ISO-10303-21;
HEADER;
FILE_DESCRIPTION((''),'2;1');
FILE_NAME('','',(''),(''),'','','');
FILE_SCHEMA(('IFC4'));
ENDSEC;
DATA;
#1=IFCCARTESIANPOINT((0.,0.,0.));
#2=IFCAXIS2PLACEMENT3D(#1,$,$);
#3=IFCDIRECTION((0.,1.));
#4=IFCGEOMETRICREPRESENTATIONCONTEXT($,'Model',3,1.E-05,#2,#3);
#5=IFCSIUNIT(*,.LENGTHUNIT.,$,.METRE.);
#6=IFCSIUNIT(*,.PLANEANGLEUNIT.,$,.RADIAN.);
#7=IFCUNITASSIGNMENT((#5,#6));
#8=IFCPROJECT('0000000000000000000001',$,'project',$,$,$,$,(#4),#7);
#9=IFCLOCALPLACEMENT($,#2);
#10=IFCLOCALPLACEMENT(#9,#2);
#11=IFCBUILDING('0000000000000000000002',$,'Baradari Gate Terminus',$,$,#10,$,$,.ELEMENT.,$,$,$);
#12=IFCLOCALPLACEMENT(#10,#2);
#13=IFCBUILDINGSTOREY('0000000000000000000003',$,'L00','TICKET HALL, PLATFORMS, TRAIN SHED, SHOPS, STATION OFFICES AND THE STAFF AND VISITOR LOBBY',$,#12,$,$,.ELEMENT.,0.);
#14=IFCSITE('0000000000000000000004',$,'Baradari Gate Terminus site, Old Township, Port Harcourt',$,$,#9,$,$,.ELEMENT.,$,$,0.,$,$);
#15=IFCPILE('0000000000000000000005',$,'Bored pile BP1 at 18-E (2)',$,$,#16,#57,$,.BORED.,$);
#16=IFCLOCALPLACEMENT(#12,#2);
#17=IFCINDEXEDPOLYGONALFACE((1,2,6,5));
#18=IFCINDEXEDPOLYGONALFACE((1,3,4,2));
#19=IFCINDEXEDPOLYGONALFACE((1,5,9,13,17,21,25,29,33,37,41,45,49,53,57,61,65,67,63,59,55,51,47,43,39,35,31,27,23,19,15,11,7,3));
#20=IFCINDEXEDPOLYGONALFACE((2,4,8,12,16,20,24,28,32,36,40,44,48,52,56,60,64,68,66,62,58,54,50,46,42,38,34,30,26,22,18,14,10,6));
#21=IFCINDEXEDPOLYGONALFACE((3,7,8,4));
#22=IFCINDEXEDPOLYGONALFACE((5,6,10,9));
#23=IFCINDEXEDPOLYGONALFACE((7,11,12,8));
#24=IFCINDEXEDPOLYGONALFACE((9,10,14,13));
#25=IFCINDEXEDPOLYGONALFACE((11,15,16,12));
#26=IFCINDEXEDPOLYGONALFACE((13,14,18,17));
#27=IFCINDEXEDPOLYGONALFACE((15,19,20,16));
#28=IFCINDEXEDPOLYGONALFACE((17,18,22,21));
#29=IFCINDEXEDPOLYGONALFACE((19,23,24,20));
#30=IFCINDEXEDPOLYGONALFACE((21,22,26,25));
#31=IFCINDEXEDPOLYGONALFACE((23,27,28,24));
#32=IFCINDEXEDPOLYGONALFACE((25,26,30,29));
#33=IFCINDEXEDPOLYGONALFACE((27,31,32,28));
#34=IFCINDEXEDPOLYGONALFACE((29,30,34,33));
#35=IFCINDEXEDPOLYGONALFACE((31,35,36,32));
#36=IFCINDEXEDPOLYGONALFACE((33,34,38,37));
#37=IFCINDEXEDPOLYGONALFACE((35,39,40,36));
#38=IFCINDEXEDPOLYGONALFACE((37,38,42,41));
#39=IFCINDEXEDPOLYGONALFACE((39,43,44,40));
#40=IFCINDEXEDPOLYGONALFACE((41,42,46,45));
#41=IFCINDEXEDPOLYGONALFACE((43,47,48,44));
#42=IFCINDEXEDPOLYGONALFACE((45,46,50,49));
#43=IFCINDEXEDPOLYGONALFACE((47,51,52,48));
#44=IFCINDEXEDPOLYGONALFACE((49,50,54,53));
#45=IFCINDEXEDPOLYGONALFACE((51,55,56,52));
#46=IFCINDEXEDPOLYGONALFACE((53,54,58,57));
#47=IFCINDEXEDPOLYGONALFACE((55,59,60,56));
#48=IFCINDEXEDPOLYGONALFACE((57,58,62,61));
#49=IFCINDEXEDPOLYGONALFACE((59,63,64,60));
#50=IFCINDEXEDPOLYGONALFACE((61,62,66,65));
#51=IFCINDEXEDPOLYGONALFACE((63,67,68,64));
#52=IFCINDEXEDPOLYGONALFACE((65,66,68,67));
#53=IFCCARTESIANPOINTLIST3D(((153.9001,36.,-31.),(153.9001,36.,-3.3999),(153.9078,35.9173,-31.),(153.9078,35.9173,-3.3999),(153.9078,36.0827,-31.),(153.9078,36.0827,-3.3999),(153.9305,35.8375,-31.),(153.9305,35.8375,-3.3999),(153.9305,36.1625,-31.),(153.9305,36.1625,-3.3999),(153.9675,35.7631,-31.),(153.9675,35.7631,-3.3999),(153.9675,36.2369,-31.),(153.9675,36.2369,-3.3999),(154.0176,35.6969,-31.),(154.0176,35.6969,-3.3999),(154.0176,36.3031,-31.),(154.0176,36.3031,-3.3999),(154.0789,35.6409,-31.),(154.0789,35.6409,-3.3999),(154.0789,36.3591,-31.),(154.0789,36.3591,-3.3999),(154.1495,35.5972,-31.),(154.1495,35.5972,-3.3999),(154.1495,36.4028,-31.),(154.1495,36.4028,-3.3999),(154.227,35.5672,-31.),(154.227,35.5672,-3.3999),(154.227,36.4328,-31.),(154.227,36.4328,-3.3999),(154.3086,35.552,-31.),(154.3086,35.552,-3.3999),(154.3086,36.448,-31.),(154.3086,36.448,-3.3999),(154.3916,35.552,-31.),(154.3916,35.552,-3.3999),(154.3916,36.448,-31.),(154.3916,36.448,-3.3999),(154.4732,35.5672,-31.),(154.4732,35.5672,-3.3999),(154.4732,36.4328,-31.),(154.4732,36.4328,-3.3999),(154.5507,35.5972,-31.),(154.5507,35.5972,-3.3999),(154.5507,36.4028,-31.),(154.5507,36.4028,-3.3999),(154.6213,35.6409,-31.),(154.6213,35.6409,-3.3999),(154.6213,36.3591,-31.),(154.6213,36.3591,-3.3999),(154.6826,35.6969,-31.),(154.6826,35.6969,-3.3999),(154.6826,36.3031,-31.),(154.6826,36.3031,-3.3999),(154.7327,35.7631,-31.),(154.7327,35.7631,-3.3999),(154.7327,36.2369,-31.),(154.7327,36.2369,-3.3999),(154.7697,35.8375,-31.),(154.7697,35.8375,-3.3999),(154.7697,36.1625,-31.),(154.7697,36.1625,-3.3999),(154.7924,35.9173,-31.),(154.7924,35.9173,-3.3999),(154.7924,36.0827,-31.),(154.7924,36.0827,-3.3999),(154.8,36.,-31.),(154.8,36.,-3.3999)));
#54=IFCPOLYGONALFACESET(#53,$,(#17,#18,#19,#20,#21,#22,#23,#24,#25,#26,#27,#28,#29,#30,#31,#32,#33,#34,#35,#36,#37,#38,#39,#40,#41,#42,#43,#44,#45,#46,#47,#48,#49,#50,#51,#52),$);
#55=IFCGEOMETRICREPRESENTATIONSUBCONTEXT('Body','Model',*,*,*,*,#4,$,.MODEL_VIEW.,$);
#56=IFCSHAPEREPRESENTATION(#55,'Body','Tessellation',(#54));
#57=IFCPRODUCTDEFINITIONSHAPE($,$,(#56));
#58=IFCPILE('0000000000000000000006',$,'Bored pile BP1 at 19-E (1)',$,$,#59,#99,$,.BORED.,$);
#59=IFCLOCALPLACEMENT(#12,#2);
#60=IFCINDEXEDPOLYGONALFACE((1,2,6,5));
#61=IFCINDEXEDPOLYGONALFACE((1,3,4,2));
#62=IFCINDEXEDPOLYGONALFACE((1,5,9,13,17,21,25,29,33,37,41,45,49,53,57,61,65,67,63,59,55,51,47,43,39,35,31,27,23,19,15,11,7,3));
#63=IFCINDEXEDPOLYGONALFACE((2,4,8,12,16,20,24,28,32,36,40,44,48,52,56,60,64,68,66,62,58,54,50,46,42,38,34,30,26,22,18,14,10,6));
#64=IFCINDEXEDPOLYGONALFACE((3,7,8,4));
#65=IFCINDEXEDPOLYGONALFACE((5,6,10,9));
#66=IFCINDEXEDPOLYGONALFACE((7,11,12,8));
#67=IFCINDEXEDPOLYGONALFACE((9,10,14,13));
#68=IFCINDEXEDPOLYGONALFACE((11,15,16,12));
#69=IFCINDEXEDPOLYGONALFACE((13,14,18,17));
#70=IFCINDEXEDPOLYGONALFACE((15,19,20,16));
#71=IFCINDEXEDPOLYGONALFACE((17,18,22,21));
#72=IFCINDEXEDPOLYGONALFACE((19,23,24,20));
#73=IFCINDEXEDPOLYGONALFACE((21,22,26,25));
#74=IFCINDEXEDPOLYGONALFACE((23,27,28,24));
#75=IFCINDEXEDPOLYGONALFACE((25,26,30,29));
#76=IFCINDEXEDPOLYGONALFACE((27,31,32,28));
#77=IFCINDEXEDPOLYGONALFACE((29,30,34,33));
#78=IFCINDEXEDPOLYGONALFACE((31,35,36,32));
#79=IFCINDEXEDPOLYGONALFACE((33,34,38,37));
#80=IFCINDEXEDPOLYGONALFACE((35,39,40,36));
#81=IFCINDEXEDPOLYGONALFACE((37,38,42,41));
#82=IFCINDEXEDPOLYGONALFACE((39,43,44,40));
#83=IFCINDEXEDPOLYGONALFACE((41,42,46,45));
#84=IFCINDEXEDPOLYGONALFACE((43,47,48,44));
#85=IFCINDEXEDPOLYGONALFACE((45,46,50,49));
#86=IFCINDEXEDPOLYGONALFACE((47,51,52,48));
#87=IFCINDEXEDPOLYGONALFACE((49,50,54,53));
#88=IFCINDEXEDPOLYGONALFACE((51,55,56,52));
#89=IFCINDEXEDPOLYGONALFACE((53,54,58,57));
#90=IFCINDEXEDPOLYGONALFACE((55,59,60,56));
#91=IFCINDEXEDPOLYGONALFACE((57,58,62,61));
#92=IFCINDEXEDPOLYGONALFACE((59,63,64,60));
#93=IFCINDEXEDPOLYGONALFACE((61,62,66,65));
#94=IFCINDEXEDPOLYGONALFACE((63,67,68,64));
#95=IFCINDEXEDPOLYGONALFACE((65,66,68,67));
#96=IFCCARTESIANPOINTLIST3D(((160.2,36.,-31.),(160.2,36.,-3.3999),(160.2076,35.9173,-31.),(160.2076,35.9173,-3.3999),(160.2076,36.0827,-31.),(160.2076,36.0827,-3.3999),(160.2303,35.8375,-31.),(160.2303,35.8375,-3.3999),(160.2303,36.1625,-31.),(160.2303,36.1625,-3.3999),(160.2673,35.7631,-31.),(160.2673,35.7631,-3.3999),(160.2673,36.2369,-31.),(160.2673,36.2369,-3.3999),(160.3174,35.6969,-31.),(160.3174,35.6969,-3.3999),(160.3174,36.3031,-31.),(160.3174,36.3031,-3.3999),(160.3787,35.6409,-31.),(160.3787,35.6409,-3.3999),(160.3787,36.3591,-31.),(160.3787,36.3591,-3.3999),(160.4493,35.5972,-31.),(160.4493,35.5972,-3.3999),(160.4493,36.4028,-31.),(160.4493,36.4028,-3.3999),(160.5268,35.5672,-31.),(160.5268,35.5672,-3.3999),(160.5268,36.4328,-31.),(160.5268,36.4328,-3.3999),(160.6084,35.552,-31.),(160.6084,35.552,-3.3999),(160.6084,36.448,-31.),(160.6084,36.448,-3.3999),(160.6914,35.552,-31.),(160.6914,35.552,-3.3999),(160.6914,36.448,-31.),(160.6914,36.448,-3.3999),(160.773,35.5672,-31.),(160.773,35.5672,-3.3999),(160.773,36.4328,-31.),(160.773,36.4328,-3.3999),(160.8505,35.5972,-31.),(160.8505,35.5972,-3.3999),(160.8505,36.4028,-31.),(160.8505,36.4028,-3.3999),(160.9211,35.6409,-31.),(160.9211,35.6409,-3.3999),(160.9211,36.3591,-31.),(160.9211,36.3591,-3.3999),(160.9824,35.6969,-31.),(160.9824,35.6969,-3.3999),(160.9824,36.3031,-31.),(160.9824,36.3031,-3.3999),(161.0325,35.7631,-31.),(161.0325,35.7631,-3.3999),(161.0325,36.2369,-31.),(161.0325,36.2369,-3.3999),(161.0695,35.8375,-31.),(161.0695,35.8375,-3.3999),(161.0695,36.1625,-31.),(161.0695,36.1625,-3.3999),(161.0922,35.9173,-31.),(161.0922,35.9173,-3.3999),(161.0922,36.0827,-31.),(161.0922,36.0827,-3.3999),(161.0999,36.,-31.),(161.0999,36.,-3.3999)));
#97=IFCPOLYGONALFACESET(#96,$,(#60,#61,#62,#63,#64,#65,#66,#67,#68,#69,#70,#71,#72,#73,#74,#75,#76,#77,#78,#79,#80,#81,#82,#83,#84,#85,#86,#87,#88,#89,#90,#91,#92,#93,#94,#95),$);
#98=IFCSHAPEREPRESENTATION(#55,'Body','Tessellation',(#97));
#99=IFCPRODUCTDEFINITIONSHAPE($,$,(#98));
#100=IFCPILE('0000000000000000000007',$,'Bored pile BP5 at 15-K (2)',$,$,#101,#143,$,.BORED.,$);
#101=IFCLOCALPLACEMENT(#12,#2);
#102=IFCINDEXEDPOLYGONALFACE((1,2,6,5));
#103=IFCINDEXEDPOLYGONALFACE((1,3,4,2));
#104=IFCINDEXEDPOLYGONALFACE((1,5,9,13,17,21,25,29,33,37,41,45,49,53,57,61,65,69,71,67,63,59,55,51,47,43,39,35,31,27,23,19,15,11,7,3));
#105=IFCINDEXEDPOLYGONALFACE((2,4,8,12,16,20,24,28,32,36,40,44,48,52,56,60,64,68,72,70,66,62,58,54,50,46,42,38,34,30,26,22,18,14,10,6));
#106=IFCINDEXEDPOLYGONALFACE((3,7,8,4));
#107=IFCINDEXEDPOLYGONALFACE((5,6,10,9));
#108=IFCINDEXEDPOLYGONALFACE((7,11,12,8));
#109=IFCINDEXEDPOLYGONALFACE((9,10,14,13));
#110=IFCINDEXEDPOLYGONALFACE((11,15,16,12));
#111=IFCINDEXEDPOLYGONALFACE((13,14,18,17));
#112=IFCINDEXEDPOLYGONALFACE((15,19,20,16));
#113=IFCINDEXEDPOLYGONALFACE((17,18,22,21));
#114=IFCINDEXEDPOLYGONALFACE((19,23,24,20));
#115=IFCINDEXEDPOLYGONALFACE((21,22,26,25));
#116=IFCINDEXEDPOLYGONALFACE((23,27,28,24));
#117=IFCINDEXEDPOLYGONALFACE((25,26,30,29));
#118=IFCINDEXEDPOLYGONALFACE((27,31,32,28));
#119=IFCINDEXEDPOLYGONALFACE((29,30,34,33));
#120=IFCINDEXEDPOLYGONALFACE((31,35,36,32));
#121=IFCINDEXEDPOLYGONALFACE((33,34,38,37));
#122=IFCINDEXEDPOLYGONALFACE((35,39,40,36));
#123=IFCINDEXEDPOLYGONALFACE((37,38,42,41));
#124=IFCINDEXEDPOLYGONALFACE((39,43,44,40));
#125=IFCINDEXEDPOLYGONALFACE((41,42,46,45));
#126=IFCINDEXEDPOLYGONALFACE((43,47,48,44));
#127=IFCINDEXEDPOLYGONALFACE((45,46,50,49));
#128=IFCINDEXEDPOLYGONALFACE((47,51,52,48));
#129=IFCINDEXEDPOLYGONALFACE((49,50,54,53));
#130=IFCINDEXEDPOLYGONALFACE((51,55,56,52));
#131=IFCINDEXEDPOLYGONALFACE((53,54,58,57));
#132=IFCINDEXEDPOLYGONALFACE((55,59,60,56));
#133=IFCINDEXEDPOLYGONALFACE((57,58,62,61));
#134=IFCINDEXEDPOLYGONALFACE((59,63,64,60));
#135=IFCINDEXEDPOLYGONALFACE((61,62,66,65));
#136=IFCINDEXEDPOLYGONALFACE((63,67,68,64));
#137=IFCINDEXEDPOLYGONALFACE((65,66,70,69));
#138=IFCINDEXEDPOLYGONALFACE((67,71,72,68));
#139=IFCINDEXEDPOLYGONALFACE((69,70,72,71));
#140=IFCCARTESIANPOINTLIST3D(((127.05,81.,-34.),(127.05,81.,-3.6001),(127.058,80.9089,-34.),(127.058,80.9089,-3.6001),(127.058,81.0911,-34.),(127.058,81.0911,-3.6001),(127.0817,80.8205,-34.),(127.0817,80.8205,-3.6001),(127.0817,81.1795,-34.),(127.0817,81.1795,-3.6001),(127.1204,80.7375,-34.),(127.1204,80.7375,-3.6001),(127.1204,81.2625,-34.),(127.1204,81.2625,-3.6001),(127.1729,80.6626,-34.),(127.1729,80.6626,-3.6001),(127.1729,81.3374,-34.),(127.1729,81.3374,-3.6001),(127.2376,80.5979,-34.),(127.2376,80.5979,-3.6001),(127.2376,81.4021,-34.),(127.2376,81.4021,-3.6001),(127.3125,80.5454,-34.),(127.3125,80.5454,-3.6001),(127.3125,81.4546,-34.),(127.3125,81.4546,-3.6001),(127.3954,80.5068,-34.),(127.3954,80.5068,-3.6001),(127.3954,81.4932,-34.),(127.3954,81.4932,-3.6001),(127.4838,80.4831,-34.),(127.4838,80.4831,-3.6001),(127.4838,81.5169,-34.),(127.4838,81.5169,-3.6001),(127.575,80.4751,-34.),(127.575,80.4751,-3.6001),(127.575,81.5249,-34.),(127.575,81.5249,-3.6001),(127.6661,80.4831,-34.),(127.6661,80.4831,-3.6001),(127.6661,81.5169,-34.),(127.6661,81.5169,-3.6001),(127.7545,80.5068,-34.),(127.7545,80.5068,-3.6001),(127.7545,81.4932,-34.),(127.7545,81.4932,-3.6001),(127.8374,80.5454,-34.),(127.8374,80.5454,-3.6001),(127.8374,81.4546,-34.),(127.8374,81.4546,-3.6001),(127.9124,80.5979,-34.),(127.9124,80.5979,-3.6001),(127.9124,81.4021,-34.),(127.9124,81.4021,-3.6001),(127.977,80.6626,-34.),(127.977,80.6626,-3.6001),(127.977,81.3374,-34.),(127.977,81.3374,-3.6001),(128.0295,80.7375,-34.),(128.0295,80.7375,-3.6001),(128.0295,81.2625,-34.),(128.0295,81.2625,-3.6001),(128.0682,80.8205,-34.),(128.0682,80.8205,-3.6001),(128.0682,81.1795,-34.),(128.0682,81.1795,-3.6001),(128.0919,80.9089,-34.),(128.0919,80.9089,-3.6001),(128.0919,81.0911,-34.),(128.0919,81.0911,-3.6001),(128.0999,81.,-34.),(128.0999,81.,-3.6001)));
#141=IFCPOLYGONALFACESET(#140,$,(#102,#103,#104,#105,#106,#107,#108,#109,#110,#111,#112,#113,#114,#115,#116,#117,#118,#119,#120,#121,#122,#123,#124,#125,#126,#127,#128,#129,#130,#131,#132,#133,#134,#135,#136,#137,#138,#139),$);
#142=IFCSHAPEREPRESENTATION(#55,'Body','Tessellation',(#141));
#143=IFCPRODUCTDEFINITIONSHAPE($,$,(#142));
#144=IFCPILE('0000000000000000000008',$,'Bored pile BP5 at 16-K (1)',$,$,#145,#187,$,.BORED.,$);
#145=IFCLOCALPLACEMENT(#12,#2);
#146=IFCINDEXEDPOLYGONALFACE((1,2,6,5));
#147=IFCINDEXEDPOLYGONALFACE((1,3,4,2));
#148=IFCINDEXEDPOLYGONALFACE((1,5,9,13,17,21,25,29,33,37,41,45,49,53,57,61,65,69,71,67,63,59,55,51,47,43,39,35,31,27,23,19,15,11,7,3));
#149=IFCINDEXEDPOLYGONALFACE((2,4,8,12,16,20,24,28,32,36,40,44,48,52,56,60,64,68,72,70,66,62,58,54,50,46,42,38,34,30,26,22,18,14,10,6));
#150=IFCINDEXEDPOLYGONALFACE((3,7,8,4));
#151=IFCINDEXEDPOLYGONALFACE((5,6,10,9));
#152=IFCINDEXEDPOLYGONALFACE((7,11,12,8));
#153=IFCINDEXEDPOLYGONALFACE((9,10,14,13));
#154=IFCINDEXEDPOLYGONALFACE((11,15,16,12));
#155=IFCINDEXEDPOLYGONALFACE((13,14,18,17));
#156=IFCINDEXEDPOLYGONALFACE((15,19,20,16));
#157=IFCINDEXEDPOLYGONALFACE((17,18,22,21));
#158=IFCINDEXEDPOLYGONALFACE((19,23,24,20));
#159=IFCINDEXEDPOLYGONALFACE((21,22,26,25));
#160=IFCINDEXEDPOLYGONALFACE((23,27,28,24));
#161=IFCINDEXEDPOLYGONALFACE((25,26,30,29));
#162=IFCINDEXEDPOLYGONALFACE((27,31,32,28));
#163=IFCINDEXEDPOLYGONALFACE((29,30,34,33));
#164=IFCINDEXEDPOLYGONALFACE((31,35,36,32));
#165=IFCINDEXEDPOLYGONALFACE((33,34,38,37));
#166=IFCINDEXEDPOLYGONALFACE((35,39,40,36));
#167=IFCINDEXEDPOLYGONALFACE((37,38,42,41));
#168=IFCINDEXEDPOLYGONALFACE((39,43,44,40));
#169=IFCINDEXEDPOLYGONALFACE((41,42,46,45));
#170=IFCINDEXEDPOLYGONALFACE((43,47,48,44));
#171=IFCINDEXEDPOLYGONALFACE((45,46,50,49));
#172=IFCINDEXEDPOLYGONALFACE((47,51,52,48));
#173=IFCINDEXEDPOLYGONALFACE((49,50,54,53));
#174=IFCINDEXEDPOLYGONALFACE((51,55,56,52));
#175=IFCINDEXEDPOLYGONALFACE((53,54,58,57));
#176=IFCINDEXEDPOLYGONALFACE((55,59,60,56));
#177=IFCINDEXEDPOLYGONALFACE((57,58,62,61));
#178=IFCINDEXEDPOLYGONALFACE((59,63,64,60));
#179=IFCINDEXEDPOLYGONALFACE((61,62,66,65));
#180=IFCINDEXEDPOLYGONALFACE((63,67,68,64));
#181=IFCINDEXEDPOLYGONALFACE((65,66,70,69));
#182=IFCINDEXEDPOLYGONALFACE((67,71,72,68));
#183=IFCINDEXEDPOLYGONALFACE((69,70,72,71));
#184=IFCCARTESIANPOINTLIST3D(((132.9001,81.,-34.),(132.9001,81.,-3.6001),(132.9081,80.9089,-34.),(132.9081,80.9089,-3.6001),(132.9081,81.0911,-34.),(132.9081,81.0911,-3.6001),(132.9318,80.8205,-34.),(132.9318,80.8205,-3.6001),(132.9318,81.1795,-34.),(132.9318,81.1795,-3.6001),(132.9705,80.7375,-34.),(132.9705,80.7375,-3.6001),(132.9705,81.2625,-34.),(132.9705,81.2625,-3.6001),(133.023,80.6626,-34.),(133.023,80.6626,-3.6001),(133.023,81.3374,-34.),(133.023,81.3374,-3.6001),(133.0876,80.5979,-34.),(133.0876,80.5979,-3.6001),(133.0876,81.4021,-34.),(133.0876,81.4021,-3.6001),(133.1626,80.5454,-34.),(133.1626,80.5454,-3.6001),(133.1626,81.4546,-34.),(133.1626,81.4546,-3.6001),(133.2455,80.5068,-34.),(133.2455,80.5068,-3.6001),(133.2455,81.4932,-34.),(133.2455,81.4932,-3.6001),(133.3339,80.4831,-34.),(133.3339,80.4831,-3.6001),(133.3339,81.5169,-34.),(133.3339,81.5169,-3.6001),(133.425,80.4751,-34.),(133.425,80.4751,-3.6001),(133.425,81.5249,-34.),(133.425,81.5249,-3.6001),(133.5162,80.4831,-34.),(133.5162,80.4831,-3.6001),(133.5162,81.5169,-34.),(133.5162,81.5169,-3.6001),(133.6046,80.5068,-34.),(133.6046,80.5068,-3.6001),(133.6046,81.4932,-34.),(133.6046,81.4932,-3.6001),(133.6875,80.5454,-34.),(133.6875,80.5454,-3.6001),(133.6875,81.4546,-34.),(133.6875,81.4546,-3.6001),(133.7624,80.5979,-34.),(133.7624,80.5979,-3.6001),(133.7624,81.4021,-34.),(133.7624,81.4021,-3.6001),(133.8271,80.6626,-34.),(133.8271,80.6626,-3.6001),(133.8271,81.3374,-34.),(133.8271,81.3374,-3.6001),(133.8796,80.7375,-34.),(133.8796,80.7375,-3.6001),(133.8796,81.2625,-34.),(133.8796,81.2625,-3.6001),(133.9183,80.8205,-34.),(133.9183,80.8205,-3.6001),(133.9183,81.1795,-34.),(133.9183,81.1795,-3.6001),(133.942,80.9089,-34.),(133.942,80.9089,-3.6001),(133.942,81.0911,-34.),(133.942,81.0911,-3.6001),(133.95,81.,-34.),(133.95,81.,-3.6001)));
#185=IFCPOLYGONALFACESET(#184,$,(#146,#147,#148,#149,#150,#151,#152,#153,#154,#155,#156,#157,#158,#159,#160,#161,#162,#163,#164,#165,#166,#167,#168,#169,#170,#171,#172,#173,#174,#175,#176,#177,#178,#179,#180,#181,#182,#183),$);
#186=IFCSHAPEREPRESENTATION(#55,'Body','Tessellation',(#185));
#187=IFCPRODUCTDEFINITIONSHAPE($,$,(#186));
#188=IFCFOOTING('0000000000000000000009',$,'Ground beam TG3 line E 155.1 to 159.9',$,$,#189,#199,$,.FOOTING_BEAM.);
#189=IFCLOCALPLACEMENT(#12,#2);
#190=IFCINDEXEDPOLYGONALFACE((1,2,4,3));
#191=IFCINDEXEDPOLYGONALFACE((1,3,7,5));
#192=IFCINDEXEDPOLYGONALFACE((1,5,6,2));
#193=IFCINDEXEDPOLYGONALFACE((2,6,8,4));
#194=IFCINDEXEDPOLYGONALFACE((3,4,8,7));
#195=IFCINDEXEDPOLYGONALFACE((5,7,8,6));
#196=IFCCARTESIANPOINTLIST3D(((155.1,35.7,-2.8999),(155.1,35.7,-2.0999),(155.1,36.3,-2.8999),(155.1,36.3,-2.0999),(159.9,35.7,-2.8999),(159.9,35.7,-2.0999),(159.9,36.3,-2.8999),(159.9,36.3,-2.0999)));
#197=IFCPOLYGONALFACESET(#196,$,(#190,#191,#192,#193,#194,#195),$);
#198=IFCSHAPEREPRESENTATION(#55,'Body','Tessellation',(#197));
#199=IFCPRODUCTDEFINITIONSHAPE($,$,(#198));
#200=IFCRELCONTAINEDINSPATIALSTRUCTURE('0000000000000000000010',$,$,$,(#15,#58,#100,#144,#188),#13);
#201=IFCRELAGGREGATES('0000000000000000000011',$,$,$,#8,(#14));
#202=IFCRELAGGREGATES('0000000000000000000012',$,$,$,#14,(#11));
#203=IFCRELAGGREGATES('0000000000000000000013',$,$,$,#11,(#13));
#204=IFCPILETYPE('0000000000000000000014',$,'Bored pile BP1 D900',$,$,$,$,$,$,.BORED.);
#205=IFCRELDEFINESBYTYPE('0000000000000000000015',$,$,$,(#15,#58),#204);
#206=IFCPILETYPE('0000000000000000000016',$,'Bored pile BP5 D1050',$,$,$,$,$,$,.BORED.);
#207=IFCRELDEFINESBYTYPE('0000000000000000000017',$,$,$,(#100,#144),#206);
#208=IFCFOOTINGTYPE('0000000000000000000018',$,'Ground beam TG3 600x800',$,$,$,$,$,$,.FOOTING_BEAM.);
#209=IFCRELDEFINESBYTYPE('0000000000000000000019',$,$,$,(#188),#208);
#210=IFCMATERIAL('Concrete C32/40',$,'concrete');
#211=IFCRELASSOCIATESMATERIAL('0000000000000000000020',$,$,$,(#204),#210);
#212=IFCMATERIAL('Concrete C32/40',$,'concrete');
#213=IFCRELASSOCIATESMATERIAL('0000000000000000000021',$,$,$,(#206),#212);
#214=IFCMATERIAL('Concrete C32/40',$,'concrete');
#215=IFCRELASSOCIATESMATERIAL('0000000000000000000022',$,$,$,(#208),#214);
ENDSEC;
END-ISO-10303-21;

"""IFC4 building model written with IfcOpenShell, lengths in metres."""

from ifc_helpers import new_model, si_unit, direction, frame, origin, origin_2d, place, context, subcontext, project, spatial, rectangle, circle, extrude, material, type_object, element, save


model = new_model("IFC4")

# Units and contexts
model_context = context("Model", 3, precision=1e-05, world=origin(), true_north=direction((0.0, 1.0)))
body_context = subcontext(model_context, "Body", "Model", "MODEL_VIEW")
ifc_project = project(units=[si_unit("LENGTHUNIT", "METRE"), si_unit("PLANEANGLEUNIT", "RADIAN")], contexts=[model_context])

# Site, building, storey
site_placement = place(None, origin())
site = spatial("IfcSite", under=ifc_project, at=site_placement, Name="Baradari Gate Terminus site, Old Township, Port Harcourt", CompositionType="ELEMENT", RefElevation=0.0)
building_placement = place(site_placement, origin())
building = spatial("IfcBuilding", under=site, at=building_placement, Name="Baradari Gate Terminus", CompositionType="ELEMENT")
storey_placement = place(building_placement, origin())
storey = spatial("IfcBuildingStorey", under=building, at=storey_placement, Name="L00", Description="TICKET HALL, PLATFORMS, TRAIN SHED, SHOPS, STATION OFFICES AND THE STAFF AND VISITOR LOBBY", CompositionType="ELEMENT", Elevation=0.0)

# Piles
ifc_material_1 = material(Name="Concrete C32/40", Category="concrete")
pile_type_1 = type_object("IfcPileType", Name="Bored pile BP1 D900", PredefinedType="BORED", material=ifc_material_1)
for number, where, z_axis, x_axis, name in (
    (1, (154.3501, 36.0, -3.3999), (0.0, 0.0, -1.0), (1.0, 0.0, 0.0), "Bored pile BP1 at 18-E (2)"),
    (2, (160.6499, 36.0, -3.3999), (0.0, 0.0, -1.0), (1.0, 0.0, 0.0), "Bored pile BP1 at 19-E (1)"),
):
    element("IfcPile", number, at=place(storey_placement, frame(where, z_axis=z_axis, x_axis=x_axis)), inside=storey, type_object=pile_type_1, Name=name, PredefinedType="BORED", context=body_context, shape_type="SweptSolid", body=[
        extrude(circle(Radius=0.45, at=origin_2d()), origin(), (0.0, 0.0, 1.0), 27.6001),
    ])
ifc_material_2 = material(Name="Concrete C32/40", Category="concrete")
pile_type_2 = type_object("IfcPileType", Name="Bored pile BP5 D1050", PredefinedType="BORED", material=ifc_material_2)
for number, where, z_axis, x_axis, name in (
    (3, (127.575, 81.0, -3.6001), (0.0, 0.0, -1.0), (1.0, 0.0, 0.0), "Bored pile BP5 at 15-K (2)"),
    (4, (133.425, 81.0, -3.6001), (0.0, 0.0, -1.0), (1.0, 0.0, 0.0), "Bored pile BP5 at 16-K (1)"),
):
    element("IfcPile", number, at=place(storey_placement, frame(where, z_axis=z_axis, x_axis=x_axis)), inside=storey, type_object=pile_type_2, Name=name, PredefinedType="BORED", context=body_context, shape_type="SweptSolid", body=[
        extrude(circle(Radius=0.5249, at=origin_2d()), origin(), (0.0, 0.0, 1.0), 30.3999),
    ])

# Footing
ifc_material_3 = material(Name="Concrete C32/40", Category="concrete")
footing_type_1 = type_object("IfcFootingType", Name="Ground beam TG3 600x800", PredefinedType="FOOTING_BEAM", material=ifc_material_3)
footing_1_placement = place(storey_placement, frame((157.5, 36.0, -2.8999), z_axis=(0.0, 0.0, 1.0), x_axis=(1.0, 0.0, 0.0)))
element("IfcFooting", 5, at=footing_1_placement, inside=storey, type_object=footing_type_1, Name="Ground beam TG3 line E 155.1 to 159.9", PredefinedType="FOOTING_BEAM", context=body_context, shape_type="SweptSolid", body=[
    extrude(rectangle(XDim=4.8, YDim=0.6001, at=origin_2d()), origin(), (0.0, 0.0, 1.0), 0.8),
])

save(model, "model.ifc")
